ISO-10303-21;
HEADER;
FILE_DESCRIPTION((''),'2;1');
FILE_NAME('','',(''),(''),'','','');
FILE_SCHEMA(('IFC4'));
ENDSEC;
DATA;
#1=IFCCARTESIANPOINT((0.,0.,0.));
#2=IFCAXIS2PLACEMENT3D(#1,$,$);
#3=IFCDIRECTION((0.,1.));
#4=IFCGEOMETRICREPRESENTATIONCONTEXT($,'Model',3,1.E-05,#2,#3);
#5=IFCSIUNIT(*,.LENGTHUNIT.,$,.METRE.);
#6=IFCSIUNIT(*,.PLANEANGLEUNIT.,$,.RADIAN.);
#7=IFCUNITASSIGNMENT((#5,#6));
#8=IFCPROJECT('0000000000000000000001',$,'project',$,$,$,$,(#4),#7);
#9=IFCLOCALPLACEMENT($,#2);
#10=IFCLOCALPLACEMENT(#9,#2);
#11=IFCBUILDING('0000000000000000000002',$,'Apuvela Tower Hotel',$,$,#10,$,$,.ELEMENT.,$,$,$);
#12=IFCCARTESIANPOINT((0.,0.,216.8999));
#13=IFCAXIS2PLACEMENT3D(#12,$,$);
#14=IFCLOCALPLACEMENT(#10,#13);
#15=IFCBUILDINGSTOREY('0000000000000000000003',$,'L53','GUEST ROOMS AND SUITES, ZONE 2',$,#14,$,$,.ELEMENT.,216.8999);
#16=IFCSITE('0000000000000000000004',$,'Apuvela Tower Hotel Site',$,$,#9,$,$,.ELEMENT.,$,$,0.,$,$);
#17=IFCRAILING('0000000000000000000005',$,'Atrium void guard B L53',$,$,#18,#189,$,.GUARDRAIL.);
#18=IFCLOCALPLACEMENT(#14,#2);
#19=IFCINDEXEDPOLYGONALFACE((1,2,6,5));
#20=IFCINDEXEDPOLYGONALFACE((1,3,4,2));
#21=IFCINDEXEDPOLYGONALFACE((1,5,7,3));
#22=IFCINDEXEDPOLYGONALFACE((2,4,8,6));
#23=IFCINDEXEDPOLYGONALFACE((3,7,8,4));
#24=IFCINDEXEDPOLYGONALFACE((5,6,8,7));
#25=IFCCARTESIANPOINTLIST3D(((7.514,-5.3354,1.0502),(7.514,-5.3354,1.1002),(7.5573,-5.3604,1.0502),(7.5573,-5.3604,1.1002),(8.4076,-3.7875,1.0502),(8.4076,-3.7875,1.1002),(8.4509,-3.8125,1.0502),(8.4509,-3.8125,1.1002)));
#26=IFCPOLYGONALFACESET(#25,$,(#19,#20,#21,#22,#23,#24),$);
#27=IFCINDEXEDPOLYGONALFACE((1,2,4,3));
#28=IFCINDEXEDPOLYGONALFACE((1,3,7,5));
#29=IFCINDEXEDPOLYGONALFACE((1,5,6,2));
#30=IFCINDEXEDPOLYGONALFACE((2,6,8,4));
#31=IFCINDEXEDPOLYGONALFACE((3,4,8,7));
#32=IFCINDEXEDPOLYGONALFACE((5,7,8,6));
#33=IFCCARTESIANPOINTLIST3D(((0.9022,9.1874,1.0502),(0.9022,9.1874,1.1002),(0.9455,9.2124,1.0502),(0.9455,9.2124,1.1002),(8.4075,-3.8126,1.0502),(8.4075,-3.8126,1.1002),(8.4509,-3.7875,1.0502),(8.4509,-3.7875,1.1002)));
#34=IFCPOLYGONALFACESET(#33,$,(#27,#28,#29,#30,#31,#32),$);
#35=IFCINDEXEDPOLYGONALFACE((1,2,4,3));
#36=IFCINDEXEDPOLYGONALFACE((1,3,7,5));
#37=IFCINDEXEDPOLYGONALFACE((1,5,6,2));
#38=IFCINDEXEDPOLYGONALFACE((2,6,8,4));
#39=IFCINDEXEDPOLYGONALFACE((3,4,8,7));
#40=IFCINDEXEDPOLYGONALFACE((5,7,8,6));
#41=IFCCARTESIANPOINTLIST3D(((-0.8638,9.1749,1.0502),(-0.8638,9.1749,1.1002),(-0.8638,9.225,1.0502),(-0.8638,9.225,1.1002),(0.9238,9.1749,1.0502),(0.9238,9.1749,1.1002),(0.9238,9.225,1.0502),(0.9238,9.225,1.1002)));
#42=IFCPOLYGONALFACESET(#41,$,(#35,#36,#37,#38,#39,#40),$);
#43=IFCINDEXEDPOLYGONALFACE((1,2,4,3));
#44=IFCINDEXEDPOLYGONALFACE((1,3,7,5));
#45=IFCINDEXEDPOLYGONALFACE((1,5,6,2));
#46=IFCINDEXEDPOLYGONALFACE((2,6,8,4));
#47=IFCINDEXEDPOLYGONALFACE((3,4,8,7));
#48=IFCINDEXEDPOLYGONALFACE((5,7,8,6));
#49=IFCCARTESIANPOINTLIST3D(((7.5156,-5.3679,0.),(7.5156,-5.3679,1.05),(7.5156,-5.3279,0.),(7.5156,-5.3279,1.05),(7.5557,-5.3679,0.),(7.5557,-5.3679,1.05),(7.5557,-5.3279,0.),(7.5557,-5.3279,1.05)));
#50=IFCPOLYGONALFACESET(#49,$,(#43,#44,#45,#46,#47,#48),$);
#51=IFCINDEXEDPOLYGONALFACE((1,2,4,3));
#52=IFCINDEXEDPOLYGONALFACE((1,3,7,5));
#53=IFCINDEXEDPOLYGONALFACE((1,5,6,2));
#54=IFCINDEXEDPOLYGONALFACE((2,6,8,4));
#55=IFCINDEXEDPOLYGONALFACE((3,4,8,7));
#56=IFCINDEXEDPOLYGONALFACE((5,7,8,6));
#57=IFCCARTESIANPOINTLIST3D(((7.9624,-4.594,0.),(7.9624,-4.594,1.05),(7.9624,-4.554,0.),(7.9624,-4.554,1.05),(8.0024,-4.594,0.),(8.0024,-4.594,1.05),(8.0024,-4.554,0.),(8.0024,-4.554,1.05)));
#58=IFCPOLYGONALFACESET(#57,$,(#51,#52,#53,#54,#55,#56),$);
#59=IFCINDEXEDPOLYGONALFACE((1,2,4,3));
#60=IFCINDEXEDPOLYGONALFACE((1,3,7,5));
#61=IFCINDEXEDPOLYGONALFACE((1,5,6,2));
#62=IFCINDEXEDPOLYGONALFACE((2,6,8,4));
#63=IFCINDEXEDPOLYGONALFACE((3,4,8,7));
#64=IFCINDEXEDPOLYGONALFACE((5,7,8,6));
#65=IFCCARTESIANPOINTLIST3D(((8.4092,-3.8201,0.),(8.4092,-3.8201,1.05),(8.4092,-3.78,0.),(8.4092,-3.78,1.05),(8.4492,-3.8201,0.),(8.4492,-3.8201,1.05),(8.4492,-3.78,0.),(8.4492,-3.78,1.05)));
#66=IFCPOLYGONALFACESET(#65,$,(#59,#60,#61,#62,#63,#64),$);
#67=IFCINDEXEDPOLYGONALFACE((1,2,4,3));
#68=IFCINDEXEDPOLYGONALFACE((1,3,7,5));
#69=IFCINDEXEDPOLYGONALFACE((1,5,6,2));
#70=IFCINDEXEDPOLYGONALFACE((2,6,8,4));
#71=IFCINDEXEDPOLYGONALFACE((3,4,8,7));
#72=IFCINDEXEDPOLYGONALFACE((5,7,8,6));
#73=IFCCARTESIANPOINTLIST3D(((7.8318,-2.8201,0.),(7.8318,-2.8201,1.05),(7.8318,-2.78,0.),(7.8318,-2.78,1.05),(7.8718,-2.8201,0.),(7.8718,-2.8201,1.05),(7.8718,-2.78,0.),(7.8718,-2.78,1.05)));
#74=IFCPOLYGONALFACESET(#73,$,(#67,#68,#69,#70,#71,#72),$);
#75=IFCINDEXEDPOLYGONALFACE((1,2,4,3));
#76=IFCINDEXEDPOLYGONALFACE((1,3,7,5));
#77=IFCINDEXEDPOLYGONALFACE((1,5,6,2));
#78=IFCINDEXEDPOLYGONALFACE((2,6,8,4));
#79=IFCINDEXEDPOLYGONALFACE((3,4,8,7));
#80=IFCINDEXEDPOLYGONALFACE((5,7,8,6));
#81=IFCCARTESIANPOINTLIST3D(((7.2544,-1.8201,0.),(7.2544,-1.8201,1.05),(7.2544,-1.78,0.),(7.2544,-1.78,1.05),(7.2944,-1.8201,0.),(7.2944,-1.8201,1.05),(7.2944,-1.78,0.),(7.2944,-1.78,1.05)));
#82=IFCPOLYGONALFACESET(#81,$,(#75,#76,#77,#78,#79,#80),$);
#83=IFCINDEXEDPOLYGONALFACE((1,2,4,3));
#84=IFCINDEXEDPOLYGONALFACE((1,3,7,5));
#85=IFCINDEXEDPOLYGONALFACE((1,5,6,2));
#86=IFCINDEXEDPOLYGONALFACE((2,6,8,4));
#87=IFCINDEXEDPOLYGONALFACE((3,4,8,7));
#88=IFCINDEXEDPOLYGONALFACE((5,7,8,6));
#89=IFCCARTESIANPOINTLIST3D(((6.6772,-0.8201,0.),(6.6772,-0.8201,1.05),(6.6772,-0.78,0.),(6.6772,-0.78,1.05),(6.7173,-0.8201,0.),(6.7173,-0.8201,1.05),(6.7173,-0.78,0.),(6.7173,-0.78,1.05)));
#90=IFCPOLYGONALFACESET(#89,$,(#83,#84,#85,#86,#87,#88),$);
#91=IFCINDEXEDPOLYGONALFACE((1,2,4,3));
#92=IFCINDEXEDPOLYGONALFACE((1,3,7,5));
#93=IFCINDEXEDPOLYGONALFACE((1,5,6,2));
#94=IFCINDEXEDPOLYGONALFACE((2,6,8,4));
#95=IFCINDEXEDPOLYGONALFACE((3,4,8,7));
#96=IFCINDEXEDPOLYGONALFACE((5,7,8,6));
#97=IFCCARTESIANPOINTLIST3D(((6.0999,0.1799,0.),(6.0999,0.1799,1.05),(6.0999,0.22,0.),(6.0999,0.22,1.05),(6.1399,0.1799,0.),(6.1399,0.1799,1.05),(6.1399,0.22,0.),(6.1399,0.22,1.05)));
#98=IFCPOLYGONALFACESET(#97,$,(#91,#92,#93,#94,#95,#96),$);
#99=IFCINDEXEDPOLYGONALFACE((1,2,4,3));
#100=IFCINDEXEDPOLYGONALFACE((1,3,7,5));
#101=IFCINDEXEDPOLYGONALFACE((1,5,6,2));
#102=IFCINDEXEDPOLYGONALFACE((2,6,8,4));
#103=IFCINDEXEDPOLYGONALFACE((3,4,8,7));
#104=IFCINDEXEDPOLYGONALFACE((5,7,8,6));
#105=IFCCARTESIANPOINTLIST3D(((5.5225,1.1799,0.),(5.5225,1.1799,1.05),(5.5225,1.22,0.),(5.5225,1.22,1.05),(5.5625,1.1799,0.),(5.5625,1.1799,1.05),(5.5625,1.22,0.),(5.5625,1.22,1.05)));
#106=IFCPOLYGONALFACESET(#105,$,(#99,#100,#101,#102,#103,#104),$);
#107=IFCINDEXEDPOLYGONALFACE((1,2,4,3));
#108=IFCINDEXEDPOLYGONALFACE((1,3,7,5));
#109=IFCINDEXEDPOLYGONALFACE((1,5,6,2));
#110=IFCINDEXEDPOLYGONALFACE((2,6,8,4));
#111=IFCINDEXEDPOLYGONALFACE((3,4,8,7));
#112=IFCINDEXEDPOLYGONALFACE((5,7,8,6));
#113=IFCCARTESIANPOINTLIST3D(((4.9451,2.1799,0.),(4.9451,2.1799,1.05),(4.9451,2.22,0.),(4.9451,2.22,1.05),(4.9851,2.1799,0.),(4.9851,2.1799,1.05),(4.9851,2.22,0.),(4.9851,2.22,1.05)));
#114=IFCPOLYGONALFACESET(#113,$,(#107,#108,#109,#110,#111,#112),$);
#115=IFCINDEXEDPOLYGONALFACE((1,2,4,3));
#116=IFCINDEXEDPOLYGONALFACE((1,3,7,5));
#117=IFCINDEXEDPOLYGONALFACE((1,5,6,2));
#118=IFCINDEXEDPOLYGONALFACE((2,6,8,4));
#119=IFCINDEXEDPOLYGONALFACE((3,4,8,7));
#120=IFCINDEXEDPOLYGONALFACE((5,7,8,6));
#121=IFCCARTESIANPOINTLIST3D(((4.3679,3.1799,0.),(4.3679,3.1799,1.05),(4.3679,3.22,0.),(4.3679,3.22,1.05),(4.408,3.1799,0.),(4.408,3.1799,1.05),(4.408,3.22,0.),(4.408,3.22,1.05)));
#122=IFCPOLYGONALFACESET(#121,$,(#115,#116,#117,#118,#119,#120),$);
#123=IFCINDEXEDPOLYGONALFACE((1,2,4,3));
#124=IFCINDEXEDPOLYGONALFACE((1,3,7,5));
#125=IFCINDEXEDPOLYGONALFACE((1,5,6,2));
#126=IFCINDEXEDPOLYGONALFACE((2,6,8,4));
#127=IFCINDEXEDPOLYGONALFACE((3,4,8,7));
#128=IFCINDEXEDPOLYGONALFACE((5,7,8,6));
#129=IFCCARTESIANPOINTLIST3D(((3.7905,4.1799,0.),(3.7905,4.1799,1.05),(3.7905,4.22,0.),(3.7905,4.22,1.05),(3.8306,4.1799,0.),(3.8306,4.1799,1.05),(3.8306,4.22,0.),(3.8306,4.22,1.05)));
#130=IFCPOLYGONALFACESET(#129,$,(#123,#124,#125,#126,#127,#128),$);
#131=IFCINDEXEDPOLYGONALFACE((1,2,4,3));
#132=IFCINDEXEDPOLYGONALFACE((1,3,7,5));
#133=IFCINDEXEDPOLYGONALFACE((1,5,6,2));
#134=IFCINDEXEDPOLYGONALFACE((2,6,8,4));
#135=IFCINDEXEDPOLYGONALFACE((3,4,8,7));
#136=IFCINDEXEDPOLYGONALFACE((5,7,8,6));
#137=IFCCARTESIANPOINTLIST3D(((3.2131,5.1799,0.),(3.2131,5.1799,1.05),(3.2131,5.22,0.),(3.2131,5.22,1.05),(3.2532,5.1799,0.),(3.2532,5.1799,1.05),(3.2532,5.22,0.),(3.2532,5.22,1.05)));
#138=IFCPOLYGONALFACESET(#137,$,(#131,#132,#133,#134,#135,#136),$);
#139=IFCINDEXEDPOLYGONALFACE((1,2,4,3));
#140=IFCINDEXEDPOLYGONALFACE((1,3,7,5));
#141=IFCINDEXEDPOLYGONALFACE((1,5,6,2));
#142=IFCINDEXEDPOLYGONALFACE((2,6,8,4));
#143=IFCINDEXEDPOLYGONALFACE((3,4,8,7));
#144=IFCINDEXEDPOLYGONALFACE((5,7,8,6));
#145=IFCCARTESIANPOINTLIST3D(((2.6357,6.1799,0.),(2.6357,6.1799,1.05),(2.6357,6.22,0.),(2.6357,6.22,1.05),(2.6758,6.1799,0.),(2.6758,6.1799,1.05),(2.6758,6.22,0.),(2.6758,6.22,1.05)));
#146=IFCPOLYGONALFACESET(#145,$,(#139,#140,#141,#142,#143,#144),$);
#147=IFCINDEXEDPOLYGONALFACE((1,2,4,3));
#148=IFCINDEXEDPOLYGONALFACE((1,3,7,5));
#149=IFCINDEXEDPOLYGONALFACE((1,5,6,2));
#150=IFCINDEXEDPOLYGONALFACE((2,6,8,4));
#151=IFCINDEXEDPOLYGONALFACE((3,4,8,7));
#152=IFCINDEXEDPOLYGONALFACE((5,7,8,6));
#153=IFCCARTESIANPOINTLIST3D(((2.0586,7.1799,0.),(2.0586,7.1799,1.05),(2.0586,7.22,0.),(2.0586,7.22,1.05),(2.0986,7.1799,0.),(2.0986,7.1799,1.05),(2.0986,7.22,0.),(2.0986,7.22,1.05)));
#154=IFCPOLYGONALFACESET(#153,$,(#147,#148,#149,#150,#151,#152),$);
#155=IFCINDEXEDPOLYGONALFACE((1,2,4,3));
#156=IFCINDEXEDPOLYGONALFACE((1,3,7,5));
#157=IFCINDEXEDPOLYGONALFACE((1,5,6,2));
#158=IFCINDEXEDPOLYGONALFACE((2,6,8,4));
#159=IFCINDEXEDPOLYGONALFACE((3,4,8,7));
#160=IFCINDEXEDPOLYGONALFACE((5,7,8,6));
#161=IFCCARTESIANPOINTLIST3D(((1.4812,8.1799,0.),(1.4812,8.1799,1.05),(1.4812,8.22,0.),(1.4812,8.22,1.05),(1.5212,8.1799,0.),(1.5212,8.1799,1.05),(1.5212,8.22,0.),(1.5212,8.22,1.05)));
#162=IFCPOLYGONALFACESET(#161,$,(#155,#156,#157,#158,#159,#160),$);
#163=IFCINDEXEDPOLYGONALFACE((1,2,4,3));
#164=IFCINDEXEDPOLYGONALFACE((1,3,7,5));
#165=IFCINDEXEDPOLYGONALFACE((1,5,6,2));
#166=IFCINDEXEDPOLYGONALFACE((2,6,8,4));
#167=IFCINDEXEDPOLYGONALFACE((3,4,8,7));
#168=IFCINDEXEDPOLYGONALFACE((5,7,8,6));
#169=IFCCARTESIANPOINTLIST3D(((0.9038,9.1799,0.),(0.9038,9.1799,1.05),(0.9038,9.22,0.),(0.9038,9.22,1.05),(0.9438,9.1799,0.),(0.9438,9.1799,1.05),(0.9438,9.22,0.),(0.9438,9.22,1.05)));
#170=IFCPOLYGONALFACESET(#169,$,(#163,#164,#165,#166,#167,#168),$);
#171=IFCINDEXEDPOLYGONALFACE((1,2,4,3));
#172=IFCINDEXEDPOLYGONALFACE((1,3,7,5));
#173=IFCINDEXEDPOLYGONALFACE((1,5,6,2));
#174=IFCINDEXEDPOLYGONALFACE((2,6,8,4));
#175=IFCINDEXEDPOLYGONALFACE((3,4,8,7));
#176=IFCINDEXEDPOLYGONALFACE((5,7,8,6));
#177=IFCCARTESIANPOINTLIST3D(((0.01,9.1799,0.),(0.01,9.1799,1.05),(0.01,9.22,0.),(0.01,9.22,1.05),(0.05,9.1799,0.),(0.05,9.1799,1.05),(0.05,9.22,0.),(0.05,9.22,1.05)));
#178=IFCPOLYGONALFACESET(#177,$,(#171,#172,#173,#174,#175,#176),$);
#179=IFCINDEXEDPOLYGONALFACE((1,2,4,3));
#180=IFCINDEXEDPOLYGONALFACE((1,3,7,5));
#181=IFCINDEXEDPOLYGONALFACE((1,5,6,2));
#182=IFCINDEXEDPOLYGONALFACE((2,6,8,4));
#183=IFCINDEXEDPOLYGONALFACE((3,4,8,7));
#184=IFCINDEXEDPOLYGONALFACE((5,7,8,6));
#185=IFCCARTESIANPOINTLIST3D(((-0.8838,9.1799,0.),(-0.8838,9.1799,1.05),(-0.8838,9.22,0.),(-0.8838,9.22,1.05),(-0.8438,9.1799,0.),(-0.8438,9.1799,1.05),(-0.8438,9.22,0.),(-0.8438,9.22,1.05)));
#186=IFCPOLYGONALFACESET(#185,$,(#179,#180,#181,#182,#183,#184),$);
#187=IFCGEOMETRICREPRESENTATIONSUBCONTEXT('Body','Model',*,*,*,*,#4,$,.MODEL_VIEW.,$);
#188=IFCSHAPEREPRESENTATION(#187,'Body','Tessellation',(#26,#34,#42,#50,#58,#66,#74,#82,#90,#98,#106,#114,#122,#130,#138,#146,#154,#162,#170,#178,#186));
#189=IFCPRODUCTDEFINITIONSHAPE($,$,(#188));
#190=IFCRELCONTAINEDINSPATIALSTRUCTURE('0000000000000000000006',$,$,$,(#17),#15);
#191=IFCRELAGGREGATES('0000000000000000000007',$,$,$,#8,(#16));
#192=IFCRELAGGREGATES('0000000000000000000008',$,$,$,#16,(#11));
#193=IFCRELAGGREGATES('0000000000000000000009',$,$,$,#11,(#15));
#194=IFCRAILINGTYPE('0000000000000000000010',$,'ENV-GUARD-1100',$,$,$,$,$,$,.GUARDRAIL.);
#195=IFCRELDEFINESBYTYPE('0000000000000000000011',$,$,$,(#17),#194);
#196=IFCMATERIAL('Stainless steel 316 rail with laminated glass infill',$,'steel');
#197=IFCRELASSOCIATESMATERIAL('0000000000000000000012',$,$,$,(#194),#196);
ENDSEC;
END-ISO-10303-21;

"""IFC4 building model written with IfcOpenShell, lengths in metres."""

from ifc_helpers import new_model, si_unit, direction, frame, origin, origin_2d, place, context, subcontext, project, spatial, rectangle, extrude, material, type_object, element, save


model = new_model("IFC4")

# Units and contexts
model_context = context("Model", 3, precision=1e-05, world=origin(), true_north=direction((0.0, 1.0)))
body_context = subcontext(model_context, "Body", "Model", "MODEL_VIEW")
ifc_project = project(units=[si_unit("LENGTHUNIT", "METRE"), si_unit("PLANEANGLEUNIT", "RADIAN")], contexts=[model_context])

# Site, building, storey
site_placement = place(None, origin())
site = spatial("IfcSite", under=ifc_project, at=site_placement, Name="Apuvela Tower Hotel Site", CompositionType="ELEMENT", RefElevation=0.0)
building_placement = place(site_placement, origin())
building = spatial("IfcBuilding", under=site, at=building_placement, Name="Apuvela Tower Hotel", CompositionType="ELEMENT")
storey_placement = place(building_placement, frame((0.0, 0.0, 216.8999)))
storey = spatial("IfcBuildingStorey", under=building, at=storey_placement, Name="L53", Description="GUEST ROOMS AND SUITES, ZONE 2", CompositionType="ELEMENT", Elevation=216.8999)

# Railing
ifc_material_1 = material(Name="Stainless steel 316 rail with laminated glass infill", Category="steel")
railing_type_1 = type_object("IfcRailingType", Name="ENV-GUARD-1100", PredefinedType="GUARDRAIL", material=ifc_material_1)
railing_1_placement = place(storey_placement, frame((7.5356, -5.3479, 0.0)))
element("IfcRailing", 1, at=railing_1_placement, inside=storey, type_object=railing_type_1, Name="Atrium void guard B L53", PredefinedType="GUARDRAIL", context=body_context, shape_type="SweptSolid", body=[
    extrude(rectangle(XDim=0.05, YDim=0.05, at=origin_2d()), frame((0.0, 0.0, 1.0752), z_axis=(0.499959, 0.866049, 0.0), x_axis=(-0.866049, 0.499959, 0.0)), (0.0, 0.0, 1.0), 1.7874),
    extrude(rectangle(XDim=0.05, YDim=0.05, at=origin_2d()), frame((0.8936, 1.5479, 1.0752), z_axis=(-0.499991, 0.866031, 0.0), x_axis=(-0.866031, -0.499991, 0.0)), (0.0, 0.0, 1.0), 15.011),
    extrude(rectangle(XDim=0.05, YDim=0.05, at=origin_2d()), frame((-6.6118, 14.5479, 1.0752), z_axis=(-1.0, 0.0, 0.0), x_axis=(0.0, -1.0, 0.0)), (0.0, 0.0, 1.0), 1.7876),
    extrude(rectangle(XDim=0.04, YDim=0.04, at=origin_2d()), origin(), (0.0, 0.0, 1.0), 1.05),
    extrude(rectangle(XDim=0.04, YDim=0.04, at=origin_2d()), frame((0.4468, 0.7739, 0.0)), (0.0, 0.0, 1.0), 1.05),
    extrude(rectangle(XDim=0.04, YDim=0.04, at=origin_2d()), frame((0.8936, 1.5479, 0.0)), (0.0, 0.0, 1.0), 1.05),
    extrude(rectangle(XDim=0.04, YDim=0.04, at=origin_2d()), frame((0.3162, 2.5479, 0.0)), (0.0, 0.0, 1.0), 1.05),
    extrude(rectangle(XDim=0.04, YDim=0.04, at=origin_2d()), frame((-0.2612, 3.5479, 0.0)), (0.0, 0.0, 1.0), 1.05),
    extrude(rectangle(XDim=0.04, YDim=0.04, at=origin_2d()), frame((-0.8384, 4.5479, 0.0)), (0.0, 0.0, 1.0), 1.05),
    extrude(rectangle(XDim=0.04, YDim=0.04, at=origin_2d()), frame((-1.4158, 5.5479, 0.0)), (0.0, 0.0, 1.0), 1.05),
    extrude(rectangle(XDim=0.04, YDim=0.04, at=origin_2d()), frame((-1.9932, 6.5479, 0.0)), (0.0, 0.0, 1.0), 1.05),
    extrude(rectangle(XDim=0.04, YDim=0.04, at=origin_2d()), frame((-2.5706, 7.5479, 0.0)), (0.0, 0.0, 1.0), 1.05),
    extrude(rectangle(XDim=0.04, YDim=0.04, at=origin_2d()), frame((-3.1477, 8.5479, 0.0)), (0.0, 0.0, 1.0), 1.05),
    extrude(rectangle(XDim=0.04, YDim=0.04, at=origin_2d()), frame((-3.7251, 9.5479, 0.0)), (0.0, 0.0, 1.0), 1.05),
    extrude(rectangle(XDim=0.04, YDim=0.04, at=origin_2d()), frame((-4.3025, 10.5479, 0.0)), (0.0, 0.0, 1.0), 1.05),
    extrude(rectangle(XDim=0.04, YDim=0.04, at=origin_2d()), frame((-4.8799, 11.5479, 0.0)), (0.0, 0.0, 1.0), 1.05),
    extrude(rectangle(XDim=0.04, YDim=0.04, at=origin_2d()), frame((-5.457, 12.5479, 0.0)), (0.0, 0.0, 1.0), 1.05),
    extrude(rectangle(XDim=0.04, YDim=0.04, at=origin_2d()), frame((-6.0344, 13.5479, 0.0)), (0.0, 0.0, 1.0), 1.05),
    extrude(rectangle(XDim=0.04, YDim=0.04, at=origin_2d()), frame((-6.6118, 14.5479, 0.0)), (0.0, 0.0, 1.0), 1.05),
    extrude(rectangle(XDim=0.04, YDim=0.04, at=origin_2d()), frame((-7.5056, 14.5479, 0.0)), (0.0, 0.0, 1.0), 1.05),
    extrude(rectangle(XDim=0.04, YDim=0.04, at=origin_2d()), frame((-8.3994, 14.5479, 0.0)), (0.0, 0.0, 1.0), 1.05),
])

save(model, "model.ifc")
